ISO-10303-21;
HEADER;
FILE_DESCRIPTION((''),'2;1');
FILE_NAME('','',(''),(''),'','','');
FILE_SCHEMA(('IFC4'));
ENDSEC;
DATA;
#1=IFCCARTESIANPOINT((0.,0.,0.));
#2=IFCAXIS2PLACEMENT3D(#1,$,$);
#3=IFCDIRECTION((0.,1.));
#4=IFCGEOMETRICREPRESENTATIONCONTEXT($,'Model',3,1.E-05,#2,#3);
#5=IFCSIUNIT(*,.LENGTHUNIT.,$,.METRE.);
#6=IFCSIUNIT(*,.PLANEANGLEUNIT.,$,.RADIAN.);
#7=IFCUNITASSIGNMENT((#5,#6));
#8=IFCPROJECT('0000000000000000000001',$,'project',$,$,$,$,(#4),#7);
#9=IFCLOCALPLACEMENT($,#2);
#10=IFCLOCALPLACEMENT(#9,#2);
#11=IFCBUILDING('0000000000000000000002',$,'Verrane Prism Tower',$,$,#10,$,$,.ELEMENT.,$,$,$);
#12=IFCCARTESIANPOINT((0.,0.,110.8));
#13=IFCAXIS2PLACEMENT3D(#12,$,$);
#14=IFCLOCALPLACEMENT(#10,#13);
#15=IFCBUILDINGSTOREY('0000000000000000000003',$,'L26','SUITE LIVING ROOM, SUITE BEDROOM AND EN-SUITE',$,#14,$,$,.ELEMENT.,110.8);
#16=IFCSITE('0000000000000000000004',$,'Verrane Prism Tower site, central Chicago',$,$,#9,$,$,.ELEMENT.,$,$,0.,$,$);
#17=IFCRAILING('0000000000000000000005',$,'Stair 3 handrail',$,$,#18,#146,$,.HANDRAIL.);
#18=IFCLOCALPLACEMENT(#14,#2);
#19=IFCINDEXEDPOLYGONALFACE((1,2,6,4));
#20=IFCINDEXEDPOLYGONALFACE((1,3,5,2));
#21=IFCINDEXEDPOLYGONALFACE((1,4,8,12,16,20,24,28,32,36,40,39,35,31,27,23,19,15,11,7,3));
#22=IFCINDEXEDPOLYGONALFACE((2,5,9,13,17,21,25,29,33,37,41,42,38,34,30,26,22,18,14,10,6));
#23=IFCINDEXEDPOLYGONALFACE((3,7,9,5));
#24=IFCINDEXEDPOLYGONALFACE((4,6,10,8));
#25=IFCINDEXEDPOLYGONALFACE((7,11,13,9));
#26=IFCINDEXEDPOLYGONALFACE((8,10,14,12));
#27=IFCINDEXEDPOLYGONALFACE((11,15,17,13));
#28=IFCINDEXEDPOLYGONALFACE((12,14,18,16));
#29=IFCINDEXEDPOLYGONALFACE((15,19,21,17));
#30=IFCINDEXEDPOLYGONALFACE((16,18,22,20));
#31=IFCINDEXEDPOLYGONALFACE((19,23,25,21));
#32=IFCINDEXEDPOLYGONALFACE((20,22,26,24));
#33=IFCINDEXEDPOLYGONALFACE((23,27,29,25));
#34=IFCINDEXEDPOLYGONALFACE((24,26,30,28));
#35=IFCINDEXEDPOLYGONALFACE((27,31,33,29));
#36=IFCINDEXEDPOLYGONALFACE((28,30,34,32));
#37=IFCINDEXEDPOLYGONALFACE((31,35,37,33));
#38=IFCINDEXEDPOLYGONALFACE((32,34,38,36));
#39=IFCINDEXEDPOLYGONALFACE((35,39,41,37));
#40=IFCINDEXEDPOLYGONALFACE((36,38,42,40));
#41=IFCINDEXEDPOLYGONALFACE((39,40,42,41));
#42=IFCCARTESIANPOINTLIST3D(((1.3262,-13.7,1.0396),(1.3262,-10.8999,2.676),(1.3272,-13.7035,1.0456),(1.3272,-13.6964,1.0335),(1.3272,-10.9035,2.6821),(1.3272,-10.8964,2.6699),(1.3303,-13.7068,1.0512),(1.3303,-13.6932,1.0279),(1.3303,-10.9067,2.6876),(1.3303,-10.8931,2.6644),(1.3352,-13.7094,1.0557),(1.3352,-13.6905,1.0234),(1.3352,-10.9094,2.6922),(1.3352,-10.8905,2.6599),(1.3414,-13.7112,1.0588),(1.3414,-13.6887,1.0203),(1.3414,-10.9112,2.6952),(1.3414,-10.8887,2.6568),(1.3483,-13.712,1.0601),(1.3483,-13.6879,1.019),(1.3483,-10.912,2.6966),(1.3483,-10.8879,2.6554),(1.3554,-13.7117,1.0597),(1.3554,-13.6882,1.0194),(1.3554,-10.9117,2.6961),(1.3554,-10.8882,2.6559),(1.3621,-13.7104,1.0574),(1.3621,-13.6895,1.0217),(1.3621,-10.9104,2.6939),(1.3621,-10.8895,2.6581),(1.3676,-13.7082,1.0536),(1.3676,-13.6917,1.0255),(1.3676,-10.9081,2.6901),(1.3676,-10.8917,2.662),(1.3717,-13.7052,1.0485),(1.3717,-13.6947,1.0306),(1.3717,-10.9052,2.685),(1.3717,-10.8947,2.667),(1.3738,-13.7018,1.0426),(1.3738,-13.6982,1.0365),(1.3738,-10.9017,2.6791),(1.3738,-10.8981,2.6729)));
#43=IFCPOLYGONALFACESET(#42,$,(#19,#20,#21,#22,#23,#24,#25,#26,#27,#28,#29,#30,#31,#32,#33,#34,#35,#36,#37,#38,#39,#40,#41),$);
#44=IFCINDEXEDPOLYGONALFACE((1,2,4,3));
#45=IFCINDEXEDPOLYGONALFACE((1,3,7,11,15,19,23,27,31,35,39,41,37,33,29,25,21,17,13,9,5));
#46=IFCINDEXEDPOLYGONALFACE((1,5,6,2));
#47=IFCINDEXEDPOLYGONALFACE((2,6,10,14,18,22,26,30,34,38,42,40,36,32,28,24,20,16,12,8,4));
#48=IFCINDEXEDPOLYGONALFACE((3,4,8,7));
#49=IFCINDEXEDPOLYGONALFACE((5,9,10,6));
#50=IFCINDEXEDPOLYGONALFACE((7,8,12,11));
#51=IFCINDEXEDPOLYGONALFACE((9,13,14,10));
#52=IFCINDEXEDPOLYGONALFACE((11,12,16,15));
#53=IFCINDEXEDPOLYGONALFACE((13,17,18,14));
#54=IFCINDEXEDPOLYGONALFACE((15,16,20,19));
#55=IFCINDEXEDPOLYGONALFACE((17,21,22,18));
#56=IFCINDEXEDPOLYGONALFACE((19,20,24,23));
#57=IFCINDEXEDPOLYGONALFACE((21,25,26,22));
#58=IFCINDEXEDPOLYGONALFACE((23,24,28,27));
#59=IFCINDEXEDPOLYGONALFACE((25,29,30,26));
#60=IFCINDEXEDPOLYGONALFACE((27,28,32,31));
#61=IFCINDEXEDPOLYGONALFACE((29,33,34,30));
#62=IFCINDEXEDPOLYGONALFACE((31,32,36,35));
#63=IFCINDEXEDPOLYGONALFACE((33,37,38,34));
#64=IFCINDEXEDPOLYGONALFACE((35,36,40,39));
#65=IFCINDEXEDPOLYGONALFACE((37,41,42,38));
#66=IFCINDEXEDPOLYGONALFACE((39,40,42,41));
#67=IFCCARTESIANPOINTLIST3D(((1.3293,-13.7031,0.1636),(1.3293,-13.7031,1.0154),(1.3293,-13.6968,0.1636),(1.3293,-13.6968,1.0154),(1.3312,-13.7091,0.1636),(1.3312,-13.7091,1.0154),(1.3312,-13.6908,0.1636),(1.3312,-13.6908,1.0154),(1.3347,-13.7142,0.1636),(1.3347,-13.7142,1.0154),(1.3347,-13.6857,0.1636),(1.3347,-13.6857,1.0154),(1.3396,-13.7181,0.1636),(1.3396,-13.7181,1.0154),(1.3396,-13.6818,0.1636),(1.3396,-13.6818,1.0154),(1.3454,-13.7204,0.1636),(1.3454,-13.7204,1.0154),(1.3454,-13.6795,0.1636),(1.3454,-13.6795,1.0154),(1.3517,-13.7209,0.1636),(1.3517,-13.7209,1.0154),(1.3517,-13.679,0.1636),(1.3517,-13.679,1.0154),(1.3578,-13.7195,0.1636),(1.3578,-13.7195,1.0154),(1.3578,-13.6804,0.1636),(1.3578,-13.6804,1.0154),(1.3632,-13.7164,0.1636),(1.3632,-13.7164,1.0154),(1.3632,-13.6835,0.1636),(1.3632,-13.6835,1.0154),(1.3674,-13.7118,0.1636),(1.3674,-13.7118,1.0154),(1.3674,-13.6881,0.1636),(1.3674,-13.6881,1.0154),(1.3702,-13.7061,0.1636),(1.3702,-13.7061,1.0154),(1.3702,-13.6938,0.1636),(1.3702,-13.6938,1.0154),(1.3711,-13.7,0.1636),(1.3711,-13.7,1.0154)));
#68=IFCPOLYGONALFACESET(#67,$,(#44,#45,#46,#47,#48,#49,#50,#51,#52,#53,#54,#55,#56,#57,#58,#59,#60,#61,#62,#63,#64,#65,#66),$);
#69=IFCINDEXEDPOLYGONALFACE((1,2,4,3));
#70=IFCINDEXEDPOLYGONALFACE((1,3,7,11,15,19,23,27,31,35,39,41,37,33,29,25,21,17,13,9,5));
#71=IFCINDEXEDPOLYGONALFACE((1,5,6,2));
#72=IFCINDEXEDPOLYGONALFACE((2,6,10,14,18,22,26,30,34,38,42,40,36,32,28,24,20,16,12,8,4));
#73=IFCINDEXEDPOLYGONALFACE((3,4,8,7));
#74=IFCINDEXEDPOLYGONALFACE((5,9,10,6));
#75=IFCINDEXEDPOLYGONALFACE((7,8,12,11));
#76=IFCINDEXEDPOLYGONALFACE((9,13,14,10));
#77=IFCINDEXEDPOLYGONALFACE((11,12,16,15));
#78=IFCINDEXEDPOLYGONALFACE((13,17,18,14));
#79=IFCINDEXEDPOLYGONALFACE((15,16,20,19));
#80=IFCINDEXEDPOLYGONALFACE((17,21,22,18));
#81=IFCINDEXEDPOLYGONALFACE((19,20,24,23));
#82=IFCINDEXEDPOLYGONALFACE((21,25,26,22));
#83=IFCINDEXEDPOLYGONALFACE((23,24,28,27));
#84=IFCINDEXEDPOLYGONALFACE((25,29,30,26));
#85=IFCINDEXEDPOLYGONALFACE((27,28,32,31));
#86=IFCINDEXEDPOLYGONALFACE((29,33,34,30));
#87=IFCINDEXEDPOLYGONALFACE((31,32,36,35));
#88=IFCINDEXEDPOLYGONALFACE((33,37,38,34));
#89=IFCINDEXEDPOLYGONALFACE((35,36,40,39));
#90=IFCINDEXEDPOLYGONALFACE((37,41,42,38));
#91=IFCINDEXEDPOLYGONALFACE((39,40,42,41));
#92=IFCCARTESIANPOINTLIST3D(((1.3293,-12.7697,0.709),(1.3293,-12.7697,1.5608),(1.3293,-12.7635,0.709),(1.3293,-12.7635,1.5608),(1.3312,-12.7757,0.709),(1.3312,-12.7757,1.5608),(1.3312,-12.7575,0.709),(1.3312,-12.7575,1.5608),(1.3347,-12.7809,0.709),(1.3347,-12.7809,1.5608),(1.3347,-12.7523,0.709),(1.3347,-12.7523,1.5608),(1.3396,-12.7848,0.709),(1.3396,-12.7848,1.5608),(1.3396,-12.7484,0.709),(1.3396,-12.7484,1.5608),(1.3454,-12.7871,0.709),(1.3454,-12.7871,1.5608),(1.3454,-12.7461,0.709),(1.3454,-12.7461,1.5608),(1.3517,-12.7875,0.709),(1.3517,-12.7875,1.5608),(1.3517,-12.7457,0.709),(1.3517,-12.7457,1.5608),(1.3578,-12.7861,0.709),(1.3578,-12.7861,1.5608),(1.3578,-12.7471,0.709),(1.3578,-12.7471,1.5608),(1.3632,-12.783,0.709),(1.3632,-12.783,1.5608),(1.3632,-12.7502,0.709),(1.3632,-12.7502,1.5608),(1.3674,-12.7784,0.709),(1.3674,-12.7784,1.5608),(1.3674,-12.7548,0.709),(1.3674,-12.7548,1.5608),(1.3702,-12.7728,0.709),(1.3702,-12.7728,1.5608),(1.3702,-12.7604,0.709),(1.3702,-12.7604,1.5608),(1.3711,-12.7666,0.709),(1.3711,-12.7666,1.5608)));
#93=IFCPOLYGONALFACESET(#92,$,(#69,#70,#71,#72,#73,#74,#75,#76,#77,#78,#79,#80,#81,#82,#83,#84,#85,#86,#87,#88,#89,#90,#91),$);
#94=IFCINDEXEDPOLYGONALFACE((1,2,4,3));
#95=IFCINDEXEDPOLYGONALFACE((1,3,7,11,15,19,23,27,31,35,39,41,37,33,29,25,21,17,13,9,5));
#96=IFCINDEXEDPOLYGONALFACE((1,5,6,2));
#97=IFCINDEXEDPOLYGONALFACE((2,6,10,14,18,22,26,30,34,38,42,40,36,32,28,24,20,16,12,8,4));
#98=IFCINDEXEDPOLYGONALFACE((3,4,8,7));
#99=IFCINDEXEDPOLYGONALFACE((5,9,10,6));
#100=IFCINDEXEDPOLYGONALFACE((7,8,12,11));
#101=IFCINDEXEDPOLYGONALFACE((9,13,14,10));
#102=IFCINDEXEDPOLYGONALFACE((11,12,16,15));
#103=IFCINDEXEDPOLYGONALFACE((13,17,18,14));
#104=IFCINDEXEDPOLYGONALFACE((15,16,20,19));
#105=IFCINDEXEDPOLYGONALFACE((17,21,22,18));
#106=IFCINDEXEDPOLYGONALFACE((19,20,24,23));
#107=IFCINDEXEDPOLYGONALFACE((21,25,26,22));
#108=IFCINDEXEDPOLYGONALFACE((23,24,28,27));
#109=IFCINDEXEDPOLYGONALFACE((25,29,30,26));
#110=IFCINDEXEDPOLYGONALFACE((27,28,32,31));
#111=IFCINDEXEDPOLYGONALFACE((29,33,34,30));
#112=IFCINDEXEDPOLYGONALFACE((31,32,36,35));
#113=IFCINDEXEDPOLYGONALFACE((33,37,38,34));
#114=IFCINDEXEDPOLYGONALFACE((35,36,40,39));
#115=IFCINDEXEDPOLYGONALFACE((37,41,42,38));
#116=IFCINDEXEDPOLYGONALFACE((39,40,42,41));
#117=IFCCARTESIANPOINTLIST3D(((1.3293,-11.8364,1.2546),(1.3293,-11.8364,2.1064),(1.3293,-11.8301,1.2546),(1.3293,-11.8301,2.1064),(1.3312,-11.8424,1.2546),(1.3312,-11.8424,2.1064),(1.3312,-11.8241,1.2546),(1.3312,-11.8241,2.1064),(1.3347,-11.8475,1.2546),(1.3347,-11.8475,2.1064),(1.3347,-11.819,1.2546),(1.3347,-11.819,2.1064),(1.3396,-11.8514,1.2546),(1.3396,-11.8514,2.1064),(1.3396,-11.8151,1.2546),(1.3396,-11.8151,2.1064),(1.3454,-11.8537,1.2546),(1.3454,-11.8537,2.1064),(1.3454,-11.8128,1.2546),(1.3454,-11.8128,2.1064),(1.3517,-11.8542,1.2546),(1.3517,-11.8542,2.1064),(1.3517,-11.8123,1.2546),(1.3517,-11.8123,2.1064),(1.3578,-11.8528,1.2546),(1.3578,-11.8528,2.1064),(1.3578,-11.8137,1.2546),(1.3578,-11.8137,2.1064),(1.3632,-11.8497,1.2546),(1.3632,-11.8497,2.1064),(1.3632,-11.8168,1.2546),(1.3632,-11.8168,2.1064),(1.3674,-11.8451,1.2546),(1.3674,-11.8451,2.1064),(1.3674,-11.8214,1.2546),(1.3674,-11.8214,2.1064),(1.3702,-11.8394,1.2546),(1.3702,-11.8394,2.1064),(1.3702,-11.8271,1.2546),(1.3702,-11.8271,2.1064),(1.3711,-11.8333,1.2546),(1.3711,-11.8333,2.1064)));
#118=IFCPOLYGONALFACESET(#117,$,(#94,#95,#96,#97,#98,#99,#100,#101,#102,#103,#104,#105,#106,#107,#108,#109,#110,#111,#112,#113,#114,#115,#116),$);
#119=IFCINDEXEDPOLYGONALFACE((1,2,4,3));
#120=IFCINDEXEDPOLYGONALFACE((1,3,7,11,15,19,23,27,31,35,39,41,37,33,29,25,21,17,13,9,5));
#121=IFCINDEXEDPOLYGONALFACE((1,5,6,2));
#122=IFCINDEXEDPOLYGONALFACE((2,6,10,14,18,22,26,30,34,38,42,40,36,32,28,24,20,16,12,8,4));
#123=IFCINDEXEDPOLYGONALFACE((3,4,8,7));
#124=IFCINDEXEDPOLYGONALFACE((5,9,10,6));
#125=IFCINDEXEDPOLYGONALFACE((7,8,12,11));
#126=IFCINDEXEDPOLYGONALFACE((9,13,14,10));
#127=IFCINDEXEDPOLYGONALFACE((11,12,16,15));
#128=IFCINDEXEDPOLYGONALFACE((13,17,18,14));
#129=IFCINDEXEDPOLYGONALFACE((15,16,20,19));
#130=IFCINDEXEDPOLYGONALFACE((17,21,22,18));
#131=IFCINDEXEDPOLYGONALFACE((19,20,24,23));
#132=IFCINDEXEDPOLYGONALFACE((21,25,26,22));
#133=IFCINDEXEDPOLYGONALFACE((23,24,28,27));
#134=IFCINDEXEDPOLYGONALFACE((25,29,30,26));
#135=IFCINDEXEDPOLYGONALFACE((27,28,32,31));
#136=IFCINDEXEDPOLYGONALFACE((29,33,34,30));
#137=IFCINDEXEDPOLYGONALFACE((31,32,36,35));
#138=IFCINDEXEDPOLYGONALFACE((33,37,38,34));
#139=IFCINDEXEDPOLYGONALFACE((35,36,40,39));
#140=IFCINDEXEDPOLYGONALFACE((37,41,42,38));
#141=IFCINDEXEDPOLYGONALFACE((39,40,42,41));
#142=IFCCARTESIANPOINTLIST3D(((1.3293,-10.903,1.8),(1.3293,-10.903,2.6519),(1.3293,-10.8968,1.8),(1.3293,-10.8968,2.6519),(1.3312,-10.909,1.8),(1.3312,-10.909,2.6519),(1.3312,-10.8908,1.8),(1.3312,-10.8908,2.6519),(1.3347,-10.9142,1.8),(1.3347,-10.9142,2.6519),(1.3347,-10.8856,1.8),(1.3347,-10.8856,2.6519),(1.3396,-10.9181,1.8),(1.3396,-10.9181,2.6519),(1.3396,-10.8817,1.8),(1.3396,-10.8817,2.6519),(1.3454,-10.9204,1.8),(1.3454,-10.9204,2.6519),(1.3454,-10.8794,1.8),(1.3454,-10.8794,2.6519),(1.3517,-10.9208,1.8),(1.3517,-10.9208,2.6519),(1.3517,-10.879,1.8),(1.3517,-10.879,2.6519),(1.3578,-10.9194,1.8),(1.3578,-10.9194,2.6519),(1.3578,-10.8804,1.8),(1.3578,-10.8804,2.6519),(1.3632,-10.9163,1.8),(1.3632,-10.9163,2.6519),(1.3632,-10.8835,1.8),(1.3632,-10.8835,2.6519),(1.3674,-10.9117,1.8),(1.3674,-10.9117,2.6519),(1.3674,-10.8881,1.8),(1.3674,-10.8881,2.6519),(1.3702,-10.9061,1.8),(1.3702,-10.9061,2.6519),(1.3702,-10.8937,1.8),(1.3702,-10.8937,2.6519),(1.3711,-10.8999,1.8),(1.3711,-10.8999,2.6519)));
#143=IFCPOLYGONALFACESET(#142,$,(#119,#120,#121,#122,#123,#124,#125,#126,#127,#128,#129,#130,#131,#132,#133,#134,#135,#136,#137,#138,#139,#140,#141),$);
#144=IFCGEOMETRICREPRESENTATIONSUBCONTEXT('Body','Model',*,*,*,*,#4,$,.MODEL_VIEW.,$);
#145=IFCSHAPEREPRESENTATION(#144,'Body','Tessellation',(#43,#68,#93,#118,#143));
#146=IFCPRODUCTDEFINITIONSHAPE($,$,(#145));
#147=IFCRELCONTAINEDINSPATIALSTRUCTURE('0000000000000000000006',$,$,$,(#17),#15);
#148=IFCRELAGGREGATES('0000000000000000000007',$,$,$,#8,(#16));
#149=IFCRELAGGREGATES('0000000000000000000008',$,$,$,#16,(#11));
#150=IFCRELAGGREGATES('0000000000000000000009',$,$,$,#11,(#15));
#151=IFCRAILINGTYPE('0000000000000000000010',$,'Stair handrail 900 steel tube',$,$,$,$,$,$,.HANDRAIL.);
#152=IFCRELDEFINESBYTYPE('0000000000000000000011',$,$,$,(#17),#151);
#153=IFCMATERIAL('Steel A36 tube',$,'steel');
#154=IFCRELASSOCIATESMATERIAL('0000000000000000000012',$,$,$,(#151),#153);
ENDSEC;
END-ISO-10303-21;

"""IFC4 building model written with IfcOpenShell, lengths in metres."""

from ifc_helpers import new_model, si_unit, direction, frame, origin, origin_2d, place, context, subcontext, project, spatial, circle, extrude, material, type_object, element, save


model = new_model("IFC4")

# Units and contexts
model_context = context("Model", 3, precision=1e-05, world=origin(), true_north=direction((0.0, 1.0)))
body_context = subcontext(model_context, "Body", "Model", "MODEL_VIEW")
ifc_project = project(units=[si_unit("LENGTHUNIT", "METRE"), si_unit("PLANEANGLEUNIT", "RADIAN")], contexts=[model_context])

# Site, building, storey
site_placement = place(None, origin())
site = spatial("IfcSite", under=ifc_project, at=site_placement, Name="Verrane Prism Tower site, central Chicago", CompositionType="ELEMENT", RefElevation=0.0)
building_placement = place(site_placement, origin())
building = spatial("IfcBuilding", under=site, at=building_placement, Name="Verrane Prism Tower", CompositionType="ELEMENT")
storey_placement = place(building_placement, frame((0.0, 0.0, 110.8)))
storey = spatial("IfcBuildingStorey", under=building, at=storey_placement, Name="L26", Description="SUITE LIVING ROOM, SUITE BEDROOM AND EN-SUITE", CompositionType="ELEMENT", Elevation=110.8)

# Railing
ifc_material_1 = material(Name="Steel A36 tube", Category="steel")
railing_type_1 = type_object("IfcRailingType", Name="Stair handrail 900 steel tube", PredefinedType="HANDRAIL", material=ifc_material_1)
railing_1_placement = place(storey_placement, frame((1.3501, -13.7, 0.1636)))
element("IfcRailing", 1, at=railing_1_placement, inside=storey, type_object=railing_type_1, Name="Stair 3 handrail", PredefinedType="HANDRAIL", context=body_context, shape_type="SweptSolid", body=[
    extrude(circle(Radius=0.0239, at=origin_2d()), frame((0.0, 0.0, 0.876), z_axis=(0.0, 0.863361, 0.504587), x_axis=(-1.0, 0.0, 0.0)), (0.0, 0.0, 1.0), 3.2432),
    extrude(circle(Radius=0.021, at=origin_2d()), origin(), (0.0, 0.0, 1.0), 0.8518),
    extrude(circle(Radius=0.021, at=origin_2d()), frame((0.0, 0.9333, 0.5454)), (0.0, 0.0, 1.0), 0.8518),
    extrude(circle(Radius=0.021, at=origin_2d()), frame((0.0, 1.8667, 1.0911)), (0.0, 0.0, 1.0), 0.8518),
    extrude(circle(Radius=0.021, at=origin_2d()), frame((0.0, 2.8, 1.6365)), (0.0, 0.0, 1.0), 0.8518),
])

save(model, "model.ifc")
